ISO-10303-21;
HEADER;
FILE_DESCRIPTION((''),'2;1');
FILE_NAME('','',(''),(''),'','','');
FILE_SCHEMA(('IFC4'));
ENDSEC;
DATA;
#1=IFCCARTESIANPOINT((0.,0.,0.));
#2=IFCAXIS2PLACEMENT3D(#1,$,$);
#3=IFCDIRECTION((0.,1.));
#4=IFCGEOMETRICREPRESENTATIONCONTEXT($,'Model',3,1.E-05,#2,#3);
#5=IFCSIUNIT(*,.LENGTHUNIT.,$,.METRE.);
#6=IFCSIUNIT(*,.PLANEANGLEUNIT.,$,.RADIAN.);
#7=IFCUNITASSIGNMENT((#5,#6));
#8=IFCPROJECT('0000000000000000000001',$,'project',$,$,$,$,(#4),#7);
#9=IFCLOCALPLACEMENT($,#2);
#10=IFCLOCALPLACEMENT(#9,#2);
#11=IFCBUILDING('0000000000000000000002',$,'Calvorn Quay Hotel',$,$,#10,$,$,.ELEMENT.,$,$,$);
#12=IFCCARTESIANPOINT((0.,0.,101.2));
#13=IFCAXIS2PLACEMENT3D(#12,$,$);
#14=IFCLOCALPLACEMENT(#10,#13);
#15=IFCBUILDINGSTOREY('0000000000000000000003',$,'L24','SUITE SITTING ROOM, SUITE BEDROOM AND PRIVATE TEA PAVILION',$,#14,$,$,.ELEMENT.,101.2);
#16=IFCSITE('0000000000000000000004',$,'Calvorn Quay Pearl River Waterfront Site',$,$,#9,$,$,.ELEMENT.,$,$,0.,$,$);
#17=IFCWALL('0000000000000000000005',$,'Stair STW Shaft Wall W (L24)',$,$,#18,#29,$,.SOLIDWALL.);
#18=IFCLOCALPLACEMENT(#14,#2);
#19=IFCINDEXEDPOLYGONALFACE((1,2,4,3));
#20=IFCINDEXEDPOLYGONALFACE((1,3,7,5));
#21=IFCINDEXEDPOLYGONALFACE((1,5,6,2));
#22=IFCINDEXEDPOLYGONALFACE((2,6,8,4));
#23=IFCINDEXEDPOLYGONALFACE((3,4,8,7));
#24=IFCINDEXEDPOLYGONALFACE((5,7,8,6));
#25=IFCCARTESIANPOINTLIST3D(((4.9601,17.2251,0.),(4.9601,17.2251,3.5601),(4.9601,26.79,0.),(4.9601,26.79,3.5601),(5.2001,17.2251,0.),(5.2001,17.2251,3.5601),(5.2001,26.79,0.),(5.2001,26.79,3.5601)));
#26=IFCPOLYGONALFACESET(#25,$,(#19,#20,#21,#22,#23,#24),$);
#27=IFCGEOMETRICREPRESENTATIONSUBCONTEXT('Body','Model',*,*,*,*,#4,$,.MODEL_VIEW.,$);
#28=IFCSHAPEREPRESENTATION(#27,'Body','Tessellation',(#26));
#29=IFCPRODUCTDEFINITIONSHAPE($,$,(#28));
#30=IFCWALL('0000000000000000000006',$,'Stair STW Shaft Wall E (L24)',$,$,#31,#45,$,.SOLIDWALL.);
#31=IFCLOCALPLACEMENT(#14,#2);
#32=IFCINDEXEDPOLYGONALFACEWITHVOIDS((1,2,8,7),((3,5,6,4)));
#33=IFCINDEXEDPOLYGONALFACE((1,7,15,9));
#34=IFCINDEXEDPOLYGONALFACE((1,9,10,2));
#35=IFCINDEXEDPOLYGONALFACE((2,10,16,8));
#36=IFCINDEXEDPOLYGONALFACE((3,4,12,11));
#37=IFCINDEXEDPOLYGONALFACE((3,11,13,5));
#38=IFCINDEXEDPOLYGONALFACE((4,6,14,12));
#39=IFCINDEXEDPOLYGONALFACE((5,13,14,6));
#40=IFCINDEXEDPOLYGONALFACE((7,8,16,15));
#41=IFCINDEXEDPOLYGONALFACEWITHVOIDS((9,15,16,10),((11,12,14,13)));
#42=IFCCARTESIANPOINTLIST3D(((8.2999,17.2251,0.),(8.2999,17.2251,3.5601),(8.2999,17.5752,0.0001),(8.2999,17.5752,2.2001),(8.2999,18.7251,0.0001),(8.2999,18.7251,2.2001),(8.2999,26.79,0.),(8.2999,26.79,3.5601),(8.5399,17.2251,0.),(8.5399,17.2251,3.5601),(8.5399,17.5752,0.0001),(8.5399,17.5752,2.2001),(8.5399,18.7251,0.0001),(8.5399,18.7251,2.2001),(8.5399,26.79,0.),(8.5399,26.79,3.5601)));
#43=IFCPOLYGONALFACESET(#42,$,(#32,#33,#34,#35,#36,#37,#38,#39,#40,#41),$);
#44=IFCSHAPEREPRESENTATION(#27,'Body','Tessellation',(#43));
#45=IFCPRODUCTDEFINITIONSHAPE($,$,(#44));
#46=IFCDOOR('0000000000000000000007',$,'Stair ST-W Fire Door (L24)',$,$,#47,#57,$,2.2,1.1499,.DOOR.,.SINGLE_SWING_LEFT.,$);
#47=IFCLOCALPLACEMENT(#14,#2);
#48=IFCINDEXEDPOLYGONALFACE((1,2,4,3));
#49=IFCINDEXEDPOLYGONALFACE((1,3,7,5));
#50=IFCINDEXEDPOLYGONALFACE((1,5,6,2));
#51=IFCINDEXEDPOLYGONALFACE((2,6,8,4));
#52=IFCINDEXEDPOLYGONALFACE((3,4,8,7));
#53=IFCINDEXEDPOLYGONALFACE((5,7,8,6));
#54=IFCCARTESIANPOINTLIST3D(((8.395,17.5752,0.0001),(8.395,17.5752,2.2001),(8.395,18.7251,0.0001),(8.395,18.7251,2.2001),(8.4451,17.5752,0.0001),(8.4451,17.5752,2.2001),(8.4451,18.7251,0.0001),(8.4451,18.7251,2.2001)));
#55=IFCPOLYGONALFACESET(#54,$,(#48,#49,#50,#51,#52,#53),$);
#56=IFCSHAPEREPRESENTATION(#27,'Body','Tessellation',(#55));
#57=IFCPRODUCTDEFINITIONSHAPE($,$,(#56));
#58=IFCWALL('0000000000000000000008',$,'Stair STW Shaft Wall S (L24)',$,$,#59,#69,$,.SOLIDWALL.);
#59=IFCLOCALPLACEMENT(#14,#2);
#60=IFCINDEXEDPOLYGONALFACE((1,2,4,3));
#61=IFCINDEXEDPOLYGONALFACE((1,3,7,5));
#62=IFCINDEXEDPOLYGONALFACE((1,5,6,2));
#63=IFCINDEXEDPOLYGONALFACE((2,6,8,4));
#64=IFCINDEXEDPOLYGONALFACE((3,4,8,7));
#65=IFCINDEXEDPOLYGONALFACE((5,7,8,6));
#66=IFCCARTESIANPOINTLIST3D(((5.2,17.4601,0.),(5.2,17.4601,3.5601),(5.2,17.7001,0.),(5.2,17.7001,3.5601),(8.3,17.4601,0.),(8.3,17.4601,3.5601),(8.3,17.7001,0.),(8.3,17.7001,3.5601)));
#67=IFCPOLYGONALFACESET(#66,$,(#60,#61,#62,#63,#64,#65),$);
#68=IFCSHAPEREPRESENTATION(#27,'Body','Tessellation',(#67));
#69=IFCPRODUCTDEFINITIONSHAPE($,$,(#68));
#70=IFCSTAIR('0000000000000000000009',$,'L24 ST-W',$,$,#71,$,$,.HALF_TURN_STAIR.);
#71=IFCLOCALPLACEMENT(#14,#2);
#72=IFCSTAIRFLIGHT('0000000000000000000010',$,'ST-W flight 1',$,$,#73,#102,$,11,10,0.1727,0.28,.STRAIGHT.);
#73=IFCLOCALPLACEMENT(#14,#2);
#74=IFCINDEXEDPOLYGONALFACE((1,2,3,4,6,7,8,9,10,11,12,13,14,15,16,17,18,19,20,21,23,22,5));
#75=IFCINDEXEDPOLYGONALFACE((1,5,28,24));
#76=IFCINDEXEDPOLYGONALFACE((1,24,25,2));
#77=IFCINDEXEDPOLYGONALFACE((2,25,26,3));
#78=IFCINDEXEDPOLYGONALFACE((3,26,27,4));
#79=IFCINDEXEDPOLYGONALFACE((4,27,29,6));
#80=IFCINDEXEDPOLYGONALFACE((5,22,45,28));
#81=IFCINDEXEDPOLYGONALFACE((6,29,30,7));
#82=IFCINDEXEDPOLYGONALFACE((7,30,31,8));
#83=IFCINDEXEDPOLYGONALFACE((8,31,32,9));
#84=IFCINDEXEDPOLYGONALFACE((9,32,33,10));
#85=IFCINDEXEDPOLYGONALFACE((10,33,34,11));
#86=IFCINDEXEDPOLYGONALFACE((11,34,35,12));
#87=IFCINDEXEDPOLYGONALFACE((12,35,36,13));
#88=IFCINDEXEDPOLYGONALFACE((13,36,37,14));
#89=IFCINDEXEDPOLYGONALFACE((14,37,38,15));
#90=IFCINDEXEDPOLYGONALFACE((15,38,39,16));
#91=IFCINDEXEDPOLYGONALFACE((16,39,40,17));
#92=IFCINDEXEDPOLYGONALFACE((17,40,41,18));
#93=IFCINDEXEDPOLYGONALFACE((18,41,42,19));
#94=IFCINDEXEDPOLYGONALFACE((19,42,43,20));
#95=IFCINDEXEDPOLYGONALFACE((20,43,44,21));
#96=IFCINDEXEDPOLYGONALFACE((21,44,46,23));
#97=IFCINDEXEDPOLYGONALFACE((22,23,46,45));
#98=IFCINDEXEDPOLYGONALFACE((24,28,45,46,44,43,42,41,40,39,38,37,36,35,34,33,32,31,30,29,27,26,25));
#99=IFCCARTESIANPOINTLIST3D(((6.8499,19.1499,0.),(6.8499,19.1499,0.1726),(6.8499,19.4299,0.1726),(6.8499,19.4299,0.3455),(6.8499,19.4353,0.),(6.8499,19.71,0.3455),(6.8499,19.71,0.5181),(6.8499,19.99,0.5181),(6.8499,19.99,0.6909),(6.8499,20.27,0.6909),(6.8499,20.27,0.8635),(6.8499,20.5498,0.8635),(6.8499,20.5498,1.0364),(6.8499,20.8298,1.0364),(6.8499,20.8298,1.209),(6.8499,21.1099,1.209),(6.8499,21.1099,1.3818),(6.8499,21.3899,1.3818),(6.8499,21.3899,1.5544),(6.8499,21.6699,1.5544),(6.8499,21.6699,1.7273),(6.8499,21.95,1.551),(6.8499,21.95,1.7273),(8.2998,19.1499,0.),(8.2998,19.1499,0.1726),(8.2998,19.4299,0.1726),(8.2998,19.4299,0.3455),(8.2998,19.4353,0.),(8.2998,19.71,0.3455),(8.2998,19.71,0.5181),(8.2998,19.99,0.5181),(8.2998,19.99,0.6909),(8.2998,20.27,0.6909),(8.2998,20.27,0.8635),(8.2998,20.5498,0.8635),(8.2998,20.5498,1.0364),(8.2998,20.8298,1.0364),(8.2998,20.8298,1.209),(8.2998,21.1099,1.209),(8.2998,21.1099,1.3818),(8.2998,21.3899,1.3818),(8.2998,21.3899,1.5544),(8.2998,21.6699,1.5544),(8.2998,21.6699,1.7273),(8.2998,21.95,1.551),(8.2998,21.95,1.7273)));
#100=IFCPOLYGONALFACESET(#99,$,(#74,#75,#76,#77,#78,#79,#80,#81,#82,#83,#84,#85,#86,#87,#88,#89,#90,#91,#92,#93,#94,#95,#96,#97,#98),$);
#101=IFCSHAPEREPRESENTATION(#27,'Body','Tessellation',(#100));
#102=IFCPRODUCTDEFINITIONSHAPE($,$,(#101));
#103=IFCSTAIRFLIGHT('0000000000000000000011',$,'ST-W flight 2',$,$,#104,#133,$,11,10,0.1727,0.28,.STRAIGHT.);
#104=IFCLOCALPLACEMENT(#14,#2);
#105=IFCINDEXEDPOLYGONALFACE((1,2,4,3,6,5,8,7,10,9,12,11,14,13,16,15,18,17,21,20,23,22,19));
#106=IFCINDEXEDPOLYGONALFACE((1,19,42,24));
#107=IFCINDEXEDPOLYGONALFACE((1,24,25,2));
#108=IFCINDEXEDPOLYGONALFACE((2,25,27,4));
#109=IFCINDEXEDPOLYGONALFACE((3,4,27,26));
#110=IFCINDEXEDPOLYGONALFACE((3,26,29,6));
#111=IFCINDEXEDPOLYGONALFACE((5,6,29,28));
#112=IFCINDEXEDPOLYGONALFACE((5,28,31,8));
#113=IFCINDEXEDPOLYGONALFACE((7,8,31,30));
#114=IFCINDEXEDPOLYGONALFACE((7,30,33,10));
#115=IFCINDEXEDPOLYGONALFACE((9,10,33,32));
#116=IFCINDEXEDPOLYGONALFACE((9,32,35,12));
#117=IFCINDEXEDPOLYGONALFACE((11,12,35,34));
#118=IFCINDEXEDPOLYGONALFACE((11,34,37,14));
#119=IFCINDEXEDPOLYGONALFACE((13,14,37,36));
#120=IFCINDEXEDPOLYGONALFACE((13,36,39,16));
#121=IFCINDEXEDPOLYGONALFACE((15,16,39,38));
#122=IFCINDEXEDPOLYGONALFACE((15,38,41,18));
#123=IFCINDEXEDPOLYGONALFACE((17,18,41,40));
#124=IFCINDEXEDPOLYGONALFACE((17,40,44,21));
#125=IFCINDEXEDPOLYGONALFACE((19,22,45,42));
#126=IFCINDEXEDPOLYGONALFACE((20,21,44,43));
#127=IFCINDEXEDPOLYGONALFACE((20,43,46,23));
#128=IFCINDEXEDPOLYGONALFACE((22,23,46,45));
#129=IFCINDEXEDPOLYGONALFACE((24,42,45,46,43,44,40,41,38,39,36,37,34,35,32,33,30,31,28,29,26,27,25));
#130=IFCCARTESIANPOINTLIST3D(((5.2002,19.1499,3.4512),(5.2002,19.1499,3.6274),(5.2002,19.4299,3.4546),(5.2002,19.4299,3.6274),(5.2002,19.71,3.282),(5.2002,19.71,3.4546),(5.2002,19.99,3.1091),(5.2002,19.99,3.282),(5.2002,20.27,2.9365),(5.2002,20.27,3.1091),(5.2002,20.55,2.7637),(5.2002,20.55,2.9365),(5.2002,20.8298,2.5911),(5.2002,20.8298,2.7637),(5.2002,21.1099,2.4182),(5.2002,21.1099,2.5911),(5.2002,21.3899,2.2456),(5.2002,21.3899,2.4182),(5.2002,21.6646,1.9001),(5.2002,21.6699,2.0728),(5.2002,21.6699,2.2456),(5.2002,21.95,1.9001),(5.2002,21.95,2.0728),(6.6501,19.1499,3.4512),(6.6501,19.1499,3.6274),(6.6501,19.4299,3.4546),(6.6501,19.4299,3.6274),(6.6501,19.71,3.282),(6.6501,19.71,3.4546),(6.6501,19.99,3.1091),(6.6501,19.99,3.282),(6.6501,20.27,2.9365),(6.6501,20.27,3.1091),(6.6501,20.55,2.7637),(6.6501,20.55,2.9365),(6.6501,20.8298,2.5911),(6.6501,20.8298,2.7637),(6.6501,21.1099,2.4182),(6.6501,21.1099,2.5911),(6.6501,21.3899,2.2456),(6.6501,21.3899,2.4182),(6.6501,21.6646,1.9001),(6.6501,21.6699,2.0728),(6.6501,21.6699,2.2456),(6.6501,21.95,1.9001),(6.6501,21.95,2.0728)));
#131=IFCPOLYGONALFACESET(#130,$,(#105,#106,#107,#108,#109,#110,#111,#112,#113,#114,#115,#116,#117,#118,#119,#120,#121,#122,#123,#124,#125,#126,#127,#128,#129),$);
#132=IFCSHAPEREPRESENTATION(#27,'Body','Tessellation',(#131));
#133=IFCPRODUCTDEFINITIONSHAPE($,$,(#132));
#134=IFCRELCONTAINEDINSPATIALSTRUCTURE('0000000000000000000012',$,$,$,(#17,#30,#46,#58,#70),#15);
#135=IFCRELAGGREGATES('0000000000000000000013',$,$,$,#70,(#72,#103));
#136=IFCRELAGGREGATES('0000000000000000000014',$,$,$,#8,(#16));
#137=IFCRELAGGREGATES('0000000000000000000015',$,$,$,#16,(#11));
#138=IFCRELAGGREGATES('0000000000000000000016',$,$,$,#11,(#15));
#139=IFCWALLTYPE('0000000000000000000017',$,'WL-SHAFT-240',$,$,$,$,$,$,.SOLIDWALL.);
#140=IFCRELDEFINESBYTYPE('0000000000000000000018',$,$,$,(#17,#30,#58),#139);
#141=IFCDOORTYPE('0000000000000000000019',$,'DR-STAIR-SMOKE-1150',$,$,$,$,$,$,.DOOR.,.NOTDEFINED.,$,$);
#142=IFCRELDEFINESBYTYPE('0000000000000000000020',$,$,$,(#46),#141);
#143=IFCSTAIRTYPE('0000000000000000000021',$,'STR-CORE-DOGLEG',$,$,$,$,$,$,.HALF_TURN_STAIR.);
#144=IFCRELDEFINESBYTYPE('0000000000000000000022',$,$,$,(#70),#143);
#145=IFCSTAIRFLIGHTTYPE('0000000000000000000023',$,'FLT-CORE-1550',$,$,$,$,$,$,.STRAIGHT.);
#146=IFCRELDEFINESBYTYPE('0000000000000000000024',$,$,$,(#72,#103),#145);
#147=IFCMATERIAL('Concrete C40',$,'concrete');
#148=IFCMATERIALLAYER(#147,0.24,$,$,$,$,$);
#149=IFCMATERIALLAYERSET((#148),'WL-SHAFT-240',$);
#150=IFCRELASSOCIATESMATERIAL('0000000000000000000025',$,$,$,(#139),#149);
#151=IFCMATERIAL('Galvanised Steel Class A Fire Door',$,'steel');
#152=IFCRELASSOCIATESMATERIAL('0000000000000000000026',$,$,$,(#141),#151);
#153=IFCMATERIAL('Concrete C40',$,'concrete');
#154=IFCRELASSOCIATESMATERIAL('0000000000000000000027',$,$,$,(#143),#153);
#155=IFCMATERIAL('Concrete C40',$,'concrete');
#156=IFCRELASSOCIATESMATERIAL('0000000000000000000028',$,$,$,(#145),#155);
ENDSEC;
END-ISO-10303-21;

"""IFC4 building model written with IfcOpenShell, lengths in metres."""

from ifc_helpers import new_model, si_unit, direction, frame, frame_2d, origin, place, context, subcontext, project, spatial, polyline, rectangle, outline, extrude, material, layer, layer_set, type_object, element, fill, aggregate, save


model = new_model("IFC4")

# Units and contexts
model_context = context("Model", 3, precision=1e-05, world=origin(), true_north=direction((0.0, 1.0)))
body_context = subcontext(model_context, "Body", "Model", "MODEL_VIEW")
ifc_project = project(units=[si_unit("LENGTHUNIT", "METRE"), si_unit("PLANEANGLEUNIT", "RADIAN")], contexts=[model_context])

# Site, building, storey
site_placement = place(None, origin())
site = spatial("IfcSite", under=ifc_project, at=site_placement, Name="Calvorn Quay Pearl River Waterfront Site", CompositionType="ELEMENT", RefElevation=0.0)
building_placement = place(site_placement, origin())
building = spatial("IfcBuilding", under=site, at=building_placement, Name="Calvorn Quay Hotel", CompositionType="ELEMENT")
storey_placement = place(building_placement, frame((0.0, 0.0, 101.2)))
storey = spatial("IfcBuildingStorey", under=building, at=storey_placement, Name="L24", Description="SUITE SITTING ROOM, SUITE BEDROOM AND PRIVATE TEA PAVILION", CompositionType="ELEMENT", Elevation=101.2)

# Wall
ifc_material_1 = material(Name="Concrete C40", Category="concrete")
ifc_layer_1 = layer(ifc_material_1, 0.24)
ifc_layer_set_1 = layer_set([ifc_layer_1], Name="WL-SHAFT-240")
wall_type_1 = type_object("IfcWallType", Name="WL-SHAFT-240", PredefinedType="SOLIDWALL", material=ifc_layer_set_1)
wall_1_placement = place(storey_placement, frame((5.0801, 17.2251, 0.0), z_axis=(0.0, 0.0, 1.0), x_axis=(0.0, 1.0, 0.0)))
element("IfcWall", 1, at=wall_1_placement, inside=storey, type_object=wall_type_1, Name="Stair STW Shaft Wall W (L24)", PredefinedType="SOLIDWALL", context=body_context, shape_type="SweptSolid", body=[
    extrude(rectangle(XDim=9.5649, YDim=0.24, at=frame_2d((4.7825, 0.0))), origin(), (0.0, 0.0, 1.0), 3.5601),
])

# Wall, opening, door
wall_2_placement = place(storey_placement, frame((8.4199, 17.2251, 0.0), z_axis=(0.0, 0.0, 1.0), x_axis=(0.0, 1.0, 0.0)))
wall_2 = element("IfcWall", 2, at=wall_2_placement, inside=storey, type_object=wall_type_1, Name="Stair STW Shaft Wall E (L24)", PredefinedType="SOLIDWALL", context=body_context, shape_type="SweptSolid", body=[
    extrude(rectangle(XDim=9.5649, YDim=0.24, at=frame_2d((4.7825, 0.0))), origin(), (0.0, 0.0, 1.0), 3.5601),
])
opening_1_placement = place(wall_2_placement, frame((0.3501, 0.0, 0.0)))
opening_1 = element("IfcOpeningElement", 3, at=opening_1_placement, cuts=wall_2, PredefinedType="OPENING", context=body_context, shape_type="SweptSolid", body=[
    extrude(rectangle(XDim=1.1499, YDim=2.2, at=frame_2d((0.575, 1.1001))), frame((0.0, 0.1299, 0.0), z_axis=(0.0, -1.0, 0.0), x_axis=(1.0, 0.0, 0.0)), (0.0, 0.0, 1.0), 0.26),
])
ifc_material_2 = material(Name="Galvanised Steel Class A Fire Door", Category="steel")
door_type_1 = type_object("IfcDoorType", Name="DR-STAIR-SMOKE-1150", OperationType="NOTDEFINED", PredefinedType="DOOR", material=ifc_material_2)
door_1_placement = place(opening_1_placement, origin())
door_1 = element("IfcDoor", 4, at=door_1_placement, inside=storey, type_object=door_type_1, Name="Stair ST-W Fire Door (L24)", OperationType="SINGLE_SWING_LEFT", OverallHeight=2.2, OverallWidth=1.1499, PredefinedType="DOOR", context=body_context, shape_type="SweptSolid", body=[
    extrude(rectangle(XDim=1.1499, YDim=2.2, at=frame_2d((0.575, 1.1001))), frame((0.0, 0.0249, 0.0), z_axis=(0.0, -1.0, 0.0), x_axis=(1.0, 0.0, 0.0)), (0.0, 0.0, 1.0), 0.05),
])
fill(opening_1, door_1)

# Wall
wall_3_placement = place(storey_placement, frame((5.2, 17.5801, 0.0), z_axis=(0.0, 0.0, 1.0), x_axis=(1.0, 0.0, 0.0)))
element("IfcWall", 5, at=wall_3_placement, inside=storey, type_object=wall_type_1, Name="Stair STW Shaft Wall S (L24)", PredefinedType="SOLIDWALL", context=body_context, shape_type="SweptSolid", body=[
    extrude(rectangle(XDim=3.1001, YDim=0.24, at=frame_2d((1.55, 0.0))), origin(), (0.0, 0.0, 1.0), 3.5601),
])

# Stair, stair flights
ifc_material_3 = material(Name="Concrete C40", Category="concrete")
stair_type = type_object("IfcStairType", Name="STR-CORE-DOGLEG", PredefinedType="HALF_TURN_STAIR", material=ifc_material_3)
stair_placement = place(storey_placement, origin())
stair = element("IfcStair", 6, at=stair_placement, inside=storey, type_object=stair_type, Name="L24 ST-W", PredefinedType="HALF_TURN_STAIR")
ifc_material_4 = material(Name="Concrete C40", Category="concrete")
stair_flight_type = type_object("IfcStairFlightType", Name="FLT-CORE-1550", PredefinedType="STRAIGHT", material=ifc_material_4)
stair_flight_1_placement = place(storey_placement, frame((7.575, 19.1499, 0.0), z_axis=(0.0, 0.0, 1.0), x_axis=(0.0, 1.0, 0.0)))
stair_flight_1 = element("IfcStairFlight", 7, at=stair_flight_1_placement, type_object=stair_flight_type, Name="ST-W flight 1", NumberOfRisers=11, NumberOfTreads=10, PredefinedType="STRAIGHT", RiserHeight=0.1727, TreadLength=0.28, context=body_context, shape_type="SweptSolid", body=[
    extrude(outline(polyline([(0.0, 0.0), (0.0, 0.1726), (0.28, 0.1726), (0.28, 0.3455), (0.5601, 0.3455), (0.5601, 0.5181), (0.8401, 0.5181), (0.8401, 0.6909), (1.1201, 0.6909), (1.1201, 0.8635), (1.3999, 0.8635), (1.3999, 1.0364), (1.6799, 1.0364), (1.6799, 1.209), (1.96, 1.209), (1.96, 1.3818), (2.24, 1.3818), (2.24, 1.5544), (2.52, 1.5544), (2.52, 1.7273), (2.8, 1.7273), (2.8, 1.8999), (2.8, 1.551), (0.2854, 0.0), (0.0, 0.0)])), frame((0.0, 0.7251, 0.0), z_axis=(0.0, -1.0, 0.0), x_axis=(1.0, 0.0, 0.0)), (0.0, 0.0, 1.0), 1.45),
])
stair_flight_2_placement = place(storey_placement, frame((5.925, 21.95, 1.9001), z_axis=(0.0, 0.0, 1.0), x_axis=(0.0, -1.0, 0.0)))
stair_flight_2 = element("IfcStairFlight", 8, at=stair_flight_2_placement, type_object=stair_flight_type, Name="ST-W flight 2", NumberOfRisers=11, NumberOfTreads=10, PredefinedType="STRAIGHT", RiserHeight=0.1727, TreadLength=0.28, context=body_context, shape_type="SweptSolid", body=[
    extrude(outline(polyline([(0.0, 0.0), (0.0, 0.1726), (0.28, 0.1726), (0.28, 0.3455), (0.5601, 0.3455), (0.5601, 0.5181), (0.8401, 0.5181), (0.8401, 0.6909), (1.1201, 0.6909), (1.1201, 0.8635), (1.3999, 0.8635), (1.3999, 1.0364), (1.6799, 1.0364), (1.6799, 1.209), (1.96, 1.209), (1.96, 1.3818), (2.24, 1.3818), (2.24, 1.5544), (2.52, 1.5544), (2.52, 1.7273), (2.8, 1.7273), (2.8, 1.8999), (2.8, 1.551), (0.2854, 0.0), (0.0, 0.0)])), frame((0.0, 0.7251, 0.0), z_axis=(0.0, -1.0, 0.0), x_axis=(1.0, 0.0, 0.0)), (0.0, 0.0, 1.0), 1.45),
])
aggregate(stair, [stair_flight_1, stair_flight_2])

save(model, "model.ifc")
